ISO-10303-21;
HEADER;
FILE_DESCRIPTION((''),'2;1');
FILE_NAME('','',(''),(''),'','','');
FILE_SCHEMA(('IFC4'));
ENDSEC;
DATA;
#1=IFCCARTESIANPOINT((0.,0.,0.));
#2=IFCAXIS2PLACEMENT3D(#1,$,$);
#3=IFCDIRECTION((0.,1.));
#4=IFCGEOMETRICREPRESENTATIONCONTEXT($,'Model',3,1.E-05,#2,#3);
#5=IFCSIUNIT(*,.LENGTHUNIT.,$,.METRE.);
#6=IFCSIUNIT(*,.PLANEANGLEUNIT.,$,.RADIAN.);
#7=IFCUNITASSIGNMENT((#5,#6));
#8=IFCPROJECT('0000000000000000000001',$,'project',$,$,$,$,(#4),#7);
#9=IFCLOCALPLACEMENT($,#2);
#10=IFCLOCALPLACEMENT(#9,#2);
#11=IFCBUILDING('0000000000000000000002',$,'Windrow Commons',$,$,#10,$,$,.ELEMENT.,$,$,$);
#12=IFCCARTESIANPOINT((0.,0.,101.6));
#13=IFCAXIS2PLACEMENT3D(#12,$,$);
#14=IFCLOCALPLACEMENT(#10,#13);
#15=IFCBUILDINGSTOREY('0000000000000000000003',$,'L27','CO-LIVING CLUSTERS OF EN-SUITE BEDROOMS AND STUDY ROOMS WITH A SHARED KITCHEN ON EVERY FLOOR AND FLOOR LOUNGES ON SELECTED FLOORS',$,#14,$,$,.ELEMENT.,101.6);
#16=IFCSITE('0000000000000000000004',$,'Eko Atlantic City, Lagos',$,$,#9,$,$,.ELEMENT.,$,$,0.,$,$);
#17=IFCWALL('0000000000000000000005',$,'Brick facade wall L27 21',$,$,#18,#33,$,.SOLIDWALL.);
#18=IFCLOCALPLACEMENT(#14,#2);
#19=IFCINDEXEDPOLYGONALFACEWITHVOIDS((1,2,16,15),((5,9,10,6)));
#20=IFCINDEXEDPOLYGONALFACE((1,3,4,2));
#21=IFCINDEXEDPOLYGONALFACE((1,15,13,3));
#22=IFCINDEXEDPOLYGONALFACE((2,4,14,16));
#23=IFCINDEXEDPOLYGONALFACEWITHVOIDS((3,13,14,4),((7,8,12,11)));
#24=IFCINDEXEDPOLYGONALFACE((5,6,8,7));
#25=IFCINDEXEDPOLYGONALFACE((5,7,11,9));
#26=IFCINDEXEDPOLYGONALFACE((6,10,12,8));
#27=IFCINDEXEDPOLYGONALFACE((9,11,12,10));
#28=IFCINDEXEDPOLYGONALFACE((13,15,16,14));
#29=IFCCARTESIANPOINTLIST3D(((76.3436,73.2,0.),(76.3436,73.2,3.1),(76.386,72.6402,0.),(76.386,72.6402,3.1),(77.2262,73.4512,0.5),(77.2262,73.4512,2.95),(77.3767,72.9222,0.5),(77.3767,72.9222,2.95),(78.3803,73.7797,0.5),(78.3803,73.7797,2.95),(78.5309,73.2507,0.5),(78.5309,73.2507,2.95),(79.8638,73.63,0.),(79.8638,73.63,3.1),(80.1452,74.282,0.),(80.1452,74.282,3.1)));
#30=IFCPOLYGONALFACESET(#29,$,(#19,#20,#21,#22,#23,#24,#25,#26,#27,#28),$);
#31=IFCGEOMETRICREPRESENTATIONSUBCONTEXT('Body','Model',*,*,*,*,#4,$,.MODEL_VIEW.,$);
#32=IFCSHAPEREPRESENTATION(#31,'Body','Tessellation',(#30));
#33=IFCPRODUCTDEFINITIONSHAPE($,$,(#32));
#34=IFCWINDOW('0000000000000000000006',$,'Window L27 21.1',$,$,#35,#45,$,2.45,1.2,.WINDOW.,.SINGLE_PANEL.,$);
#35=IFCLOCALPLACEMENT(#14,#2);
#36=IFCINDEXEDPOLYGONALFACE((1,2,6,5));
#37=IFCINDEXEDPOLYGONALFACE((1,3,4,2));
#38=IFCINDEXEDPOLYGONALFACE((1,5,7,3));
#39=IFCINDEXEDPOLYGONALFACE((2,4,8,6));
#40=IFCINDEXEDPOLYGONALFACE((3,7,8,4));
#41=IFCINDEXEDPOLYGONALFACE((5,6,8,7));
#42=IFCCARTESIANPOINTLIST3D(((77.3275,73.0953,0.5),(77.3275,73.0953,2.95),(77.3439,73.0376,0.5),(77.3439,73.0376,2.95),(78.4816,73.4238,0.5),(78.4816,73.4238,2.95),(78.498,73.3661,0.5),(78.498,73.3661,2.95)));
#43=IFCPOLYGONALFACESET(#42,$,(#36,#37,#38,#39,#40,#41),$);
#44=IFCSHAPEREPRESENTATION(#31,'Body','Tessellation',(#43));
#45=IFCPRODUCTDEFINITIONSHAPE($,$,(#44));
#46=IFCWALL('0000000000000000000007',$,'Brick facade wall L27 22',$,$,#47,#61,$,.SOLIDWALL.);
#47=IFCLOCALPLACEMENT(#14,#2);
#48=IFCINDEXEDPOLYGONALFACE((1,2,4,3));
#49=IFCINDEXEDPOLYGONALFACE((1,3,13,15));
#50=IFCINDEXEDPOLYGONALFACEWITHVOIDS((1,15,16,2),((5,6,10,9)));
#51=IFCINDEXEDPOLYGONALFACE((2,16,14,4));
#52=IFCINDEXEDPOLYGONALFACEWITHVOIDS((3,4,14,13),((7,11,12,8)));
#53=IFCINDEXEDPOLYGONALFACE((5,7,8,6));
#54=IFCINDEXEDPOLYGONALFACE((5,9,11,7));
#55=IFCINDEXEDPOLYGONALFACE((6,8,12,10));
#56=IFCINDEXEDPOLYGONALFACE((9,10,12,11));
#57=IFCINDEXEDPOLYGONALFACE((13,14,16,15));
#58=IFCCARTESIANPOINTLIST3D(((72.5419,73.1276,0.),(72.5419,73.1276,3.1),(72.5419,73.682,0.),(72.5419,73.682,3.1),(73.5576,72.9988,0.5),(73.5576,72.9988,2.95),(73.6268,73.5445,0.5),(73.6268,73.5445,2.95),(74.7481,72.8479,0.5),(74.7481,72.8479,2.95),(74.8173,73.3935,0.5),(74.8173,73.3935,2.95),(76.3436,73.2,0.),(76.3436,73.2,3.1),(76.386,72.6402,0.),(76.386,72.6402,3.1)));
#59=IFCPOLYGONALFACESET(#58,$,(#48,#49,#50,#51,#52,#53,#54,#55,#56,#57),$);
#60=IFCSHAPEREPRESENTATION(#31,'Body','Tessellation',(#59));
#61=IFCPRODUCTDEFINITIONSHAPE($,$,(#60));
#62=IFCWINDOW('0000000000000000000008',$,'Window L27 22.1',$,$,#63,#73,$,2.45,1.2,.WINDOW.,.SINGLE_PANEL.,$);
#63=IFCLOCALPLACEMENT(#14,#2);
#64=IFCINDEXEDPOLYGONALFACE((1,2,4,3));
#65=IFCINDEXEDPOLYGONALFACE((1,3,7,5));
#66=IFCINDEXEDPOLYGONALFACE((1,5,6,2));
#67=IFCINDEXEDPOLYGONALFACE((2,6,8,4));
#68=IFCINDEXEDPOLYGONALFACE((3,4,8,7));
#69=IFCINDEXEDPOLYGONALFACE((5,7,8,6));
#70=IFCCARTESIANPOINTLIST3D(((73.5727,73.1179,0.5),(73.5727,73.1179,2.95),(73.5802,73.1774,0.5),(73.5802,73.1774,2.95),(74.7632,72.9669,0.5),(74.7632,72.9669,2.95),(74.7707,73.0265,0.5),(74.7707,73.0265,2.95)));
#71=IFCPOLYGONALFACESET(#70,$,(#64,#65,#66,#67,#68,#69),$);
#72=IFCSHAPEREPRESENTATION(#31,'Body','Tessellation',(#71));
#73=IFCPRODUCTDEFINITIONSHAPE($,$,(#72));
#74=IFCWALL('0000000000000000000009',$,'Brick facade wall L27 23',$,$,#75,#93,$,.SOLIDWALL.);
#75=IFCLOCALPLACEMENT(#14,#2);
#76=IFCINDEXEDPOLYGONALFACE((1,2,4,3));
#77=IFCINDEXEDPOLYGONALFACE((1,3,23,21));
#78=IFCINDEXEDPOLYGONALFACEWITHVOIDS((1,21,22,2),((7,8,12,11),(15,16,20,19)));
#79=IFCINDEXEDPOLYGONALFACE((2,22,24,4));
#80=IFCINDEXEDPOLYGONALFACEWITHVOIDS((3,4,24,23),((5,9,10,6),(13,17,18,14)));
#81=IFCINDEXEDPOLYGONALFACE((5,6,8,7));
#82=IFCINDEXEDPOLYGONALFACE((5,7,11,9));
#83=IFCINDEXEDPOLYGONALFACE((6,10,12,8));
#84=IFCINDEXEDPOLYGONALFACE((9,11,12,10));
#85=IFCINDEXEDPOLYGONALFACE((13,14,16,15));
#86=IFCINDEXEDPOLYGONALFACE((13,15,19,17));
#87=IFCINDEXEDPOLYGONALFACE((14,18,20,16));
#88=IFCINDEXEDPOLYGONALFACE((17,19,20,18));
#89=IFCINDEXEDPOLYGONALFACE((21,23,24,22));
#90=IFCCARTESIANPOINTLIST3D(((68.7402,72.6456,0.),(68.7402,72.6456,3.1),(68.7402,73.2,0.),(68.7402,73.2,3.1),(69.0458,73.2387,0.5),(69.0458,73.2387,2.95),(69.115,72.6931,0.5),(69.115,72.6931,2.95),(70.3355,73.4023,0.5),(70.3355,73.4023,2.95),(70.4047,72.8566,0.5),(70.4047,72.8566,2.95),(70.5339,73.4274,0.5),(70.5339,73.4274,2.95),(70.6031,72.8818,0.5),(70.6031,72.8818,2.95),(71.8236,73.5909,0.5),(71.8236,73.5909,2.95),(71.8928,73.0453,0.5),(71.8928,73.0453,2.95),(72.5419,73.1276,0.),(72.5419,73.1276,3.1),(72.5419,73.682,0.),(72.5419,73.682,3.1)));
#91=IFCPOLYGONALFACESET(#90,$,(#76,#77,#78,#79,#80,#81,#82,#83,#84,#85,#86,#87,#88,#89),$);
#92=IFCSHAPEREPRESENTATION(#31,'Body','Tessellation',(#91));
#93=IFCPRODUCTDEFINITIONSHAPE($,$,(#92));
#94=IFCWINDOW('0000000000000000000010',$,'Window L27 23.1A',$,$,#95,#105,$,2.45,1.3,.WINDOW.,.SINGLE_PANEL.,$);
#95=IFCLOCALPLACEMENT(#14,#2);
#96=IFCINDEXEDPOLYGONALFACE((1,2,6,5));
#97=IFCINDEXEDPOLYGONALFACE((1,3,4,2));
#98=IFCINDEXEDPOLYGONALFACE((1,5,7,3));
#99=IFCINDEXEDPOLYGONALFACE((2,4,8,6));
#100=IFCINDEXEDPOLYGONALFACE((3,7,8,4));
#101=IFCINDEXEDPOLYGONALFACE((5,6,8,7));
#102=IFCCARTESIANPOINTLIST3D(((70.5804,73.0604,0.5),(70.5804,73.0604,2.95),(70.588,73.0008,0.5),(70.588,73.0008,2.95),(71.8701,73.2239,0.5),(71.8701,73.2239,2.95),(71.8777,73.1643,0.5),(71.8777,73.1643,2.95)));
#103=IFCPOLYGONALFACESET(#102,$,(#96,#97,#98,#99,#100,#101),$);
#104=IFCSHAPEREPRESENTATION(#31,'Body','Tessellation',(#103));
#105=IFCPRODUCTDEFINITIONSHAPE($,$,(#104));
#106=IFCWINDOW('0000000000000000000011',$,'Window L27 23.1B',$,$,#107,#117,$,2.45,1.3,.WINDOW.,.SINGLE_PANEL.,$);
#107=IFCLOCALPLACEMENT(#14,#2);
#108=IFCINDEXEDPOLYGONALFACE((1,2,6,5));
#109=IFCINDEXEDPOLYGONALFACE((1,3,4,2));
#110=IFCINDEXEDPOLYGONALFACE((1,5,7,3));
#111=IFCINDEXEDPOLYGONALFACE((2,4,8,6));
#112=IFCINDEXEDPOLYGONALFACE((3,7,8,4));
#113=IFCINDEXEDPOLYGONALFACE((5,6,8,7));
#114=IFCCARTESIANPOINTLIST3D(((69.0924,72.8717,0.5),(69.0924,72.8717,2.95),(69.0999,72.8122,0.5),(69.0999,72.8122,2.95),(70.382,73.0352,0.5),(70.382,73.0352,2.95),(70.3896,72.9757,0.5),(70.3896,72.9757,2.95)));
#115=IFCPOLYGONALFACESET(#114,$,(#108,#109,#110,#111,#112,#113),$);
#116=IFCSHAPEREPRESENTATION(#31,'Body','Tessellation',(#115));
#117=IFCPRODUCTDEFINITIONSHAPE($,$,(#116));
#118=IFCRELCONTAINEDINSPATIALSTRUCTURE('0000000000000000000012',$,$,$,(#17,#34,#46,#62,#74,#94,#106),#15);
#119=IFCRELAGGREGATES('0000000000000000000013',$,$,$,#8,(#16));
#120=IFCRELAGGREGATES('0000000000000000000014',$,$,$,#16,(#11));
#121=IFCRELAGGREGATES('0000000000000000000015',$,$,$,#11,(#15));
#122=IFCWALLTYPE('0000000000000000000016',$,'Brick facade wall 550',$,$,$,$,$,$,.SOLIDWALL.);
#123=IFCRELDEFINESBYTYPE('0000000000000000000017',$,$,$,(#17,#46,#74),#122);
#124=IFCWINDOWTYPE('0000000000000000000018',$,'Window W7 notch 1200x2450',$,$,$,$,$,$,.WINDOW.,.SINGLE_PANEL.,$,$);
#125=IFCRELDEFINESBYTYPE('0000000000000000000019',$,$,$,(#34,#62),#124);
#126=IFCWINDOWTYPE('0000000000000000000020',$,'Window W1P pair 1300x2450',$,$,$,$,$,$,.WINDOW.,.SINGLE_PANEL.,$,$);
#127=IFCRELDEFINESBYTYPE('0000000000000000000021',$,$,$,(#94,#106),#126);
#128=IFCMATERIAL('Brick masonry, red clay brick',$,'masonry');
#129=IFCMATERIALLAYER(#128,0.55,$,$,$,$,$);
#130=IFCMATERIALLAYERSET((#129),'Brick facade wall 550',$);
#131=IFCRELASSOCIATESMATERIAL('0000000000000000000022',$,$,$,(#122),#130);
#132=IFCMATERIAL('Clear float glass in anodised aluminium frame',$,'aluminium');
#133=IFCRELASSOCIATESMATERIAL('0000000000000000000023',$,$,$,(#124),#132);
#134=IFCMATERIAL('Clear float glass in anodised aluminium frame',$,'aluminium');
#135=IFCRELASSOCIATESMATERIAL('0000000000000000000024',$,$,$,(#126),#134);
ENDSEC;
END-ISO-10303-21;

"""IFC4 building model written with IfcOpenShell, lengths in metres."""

from ifc_helpers import new_model, si_unit, direction, frame, frame_2d, origin, place, context, subcontext, project, spatial, polyline, rectangle, outline, extrude, material, layer, layer_set, type_object, element, fill, save


model = new_model("IFC4")

# Units and contexts
model_context = context("Model", 3, precision=1e-05, world=origin(), true_north=direction((0.0, 1.0)))
body_context = subcontext(model_context, "Body", "Model", "MODEL_VIEW")
ifc_project = project(units=[si_unit("LENGTHUNIT", "METRE"), si_unit("PLANEANGLEUNIT", "RADIAN")], contexts=[model_context])

# Site, building, storey
site_placement = place(None, origin())
site = spatial("IfcSite", under=ifc_project, at=site_placement, Name="Eko Atlantic City, Lagos", CompositionType="ELEMENT", RefElevation=0.0)
building_placement = place(site_placement, origin())
building = spatial("IfcBuilding", under=site, at=building_placement, Name="Windrow Commons", CompositionType="ELEMENT")
storey_placement = place(building_placement, frame((0.0, 0.0, 101.6)))
storey = spatial("IfcBuildingStorey", under=building, at=storey_placement, Name="L27", Description="CO-LIVING CLUSTERS OF EN-SUITE BEDROOMS AND STUDY ROOMS WITH A SHARED KITCHEN ON EVERY FLOOR AND FLOOR LOUNGES ON SELECTED FLOORS", CompositionType="ELEMENT", Elevation=101.6)

# Walls, openings, windows
ifc_material_1 = material(Name="Brick masonry, red clay brick", Category="masonry")
ifc_layer = layer(ifc_material_1, 0.55)
ifc_layer_set = layer_set([ifc_layer], Name="Brick facade wall 550")
wall_type = type_object("IfcWallType", Name="Brick facade wall 550", PredefinedType="SOLIDWALL", material=ifc_layer_set)
ifc_material_2 = material(Name="Clear float glass in anodised aluminium frame", Category="aluminium")
window_type_1 = type_object("IfcWindowType", Name="Window W7 notch 1200x2450", PartitioningType="SINGLE_PANEL", PredefinedType="WINDOW", material=ifc_material_2)
wall_1_placement = place(storey_placement, frame((80.0045, 73.956, 0.0), z_axis=(0.0, 0.0, 1.0), x_axis=(-0.961804, -0.27374, 0.0)))
wall_1 = element("IfcWall", 1, at=wall_1_placement, inside=storey, type_object=wall_type, Name="Brick facade wall L27 21", PredefinedType="SOLIDWALL", context=body_context, shape_type="SweptSolid", body=[
    extrude(outline(polyline([(-0.2246, -0.275), (3.728, -0.275), (3.8405, 0.275), (0.2246, 0.275), (-0.2246, -0.275)])), origin(), (0.0, 0.0, 1.0), 3.1),
])
opening_1_placement = place(wall_1_placement, frame((1.6104, 0.0, 0.5)))
opening_1 = element("IfcOpeningElement", 2, at=opening_1_placement, cuts=wall_1, PredefinedType="OPENING", context=body_context, shape_type="SweptSolid", body=[
    extrude(rectangle(XDim=1.2, YDim=2.45, at=frame_2d((0.6, 1.225))), frame((0.0, 0.285, 0.0), z_axis=(0.0, -1.0, 0.0), x_axis=(1.0, 0.0, 0.0)), (0.0, 0.0, 1.0), 0.57),
])
window_1_placement = place(opening_1_placement, origin())
window_1 = element("IfcWindow", 3, at=window_1_placement, inside=storey, type_object=window_type_1, Name="Window L27 21.1", OverallHeight=2.45, OverallWidth=1.2, PartitioningType="SINGLE_PANEL", PredefinedType="WINDOW", context=body_context, shape_type="SweptSolid", body=[
    extrude(rectangle(XDim=1.2, YDim=2.45, at=frame_2d((0.6, 1.225))), frame((0.0, 0.155, 0.0), z_axis=(0.0, -1.0, 0.0), x_axis=(1.0, 0.0, 0.0)), (0.0, 0.0, 1.0), 0.06),
])
fill(opening_1, window_1)
wall_2_placement = place(storey_placement, frame((76.3648, 72.9201, 0.0), z_axis=(0.0, 0.0, 1.0), x_axis=(-0.992058, 0.125782, 0.0)))
wall_2 = element("IfcWall", 4, at=wall_2_placement, inside=storey, type_object=wall_type, Name="Brick facade wall L27 22", PredefinedType="SOLIDWALL", context=body_context, shape_type="SweptSolid", body=[
    extrude(outline(polyline([(0.0562, -0.275), (3.8884, -0.275), (3.8186, 0.275), (-0.0562, 0.275), (0.0562, -0.275)])), origin(), (0.0, 0.0, 1.0), 3.1),
])
opening_2_placement = place(wall_2_placement, frame((1.5948, 0.0, 0.5)))
opening_2 = element("IfcOpeningElement", 5, at=opening_2_placement, cuts=wall_2, PredefinedType="OPENING", context=body_context, shape_type="SweptSolid", body=[
    extrude(rectangle(XDim=1.2, YDim=2.45, at=frame_2d((0.6, 1.225))), frame((0.0, 0.285, 0.0), z_axis=(0.0, -1.0, 0.0), x_axis=(1.0, 0.0, 0.0)), (0.0, 0.0, 1.0), 0.57),
])
window_2_placement = place(opening_2_placement, origin())
window_2 = element("IfcWindow", 6, at=window_2_placement, inside=storey, type_object=window_type_1, Name="Window L27 22.1", OverallHeight=2.45, OverallWidth=1.2, PartitioningType="SINGLE_PANEL", PredefinedType="WINDOW", context=body_context, shape_type="SweptSolid", body=[
    extrude(rectangle(XDim=1.2, YDim=2.45, at=frame_2d((0.6, 1.225))), frame((0.0, 0.155, 0.0), z_axis=(0.0, -1.0, 0.0), x_axis=(1.0, 0.0, 0.0)), (0.0, 0.0, 1.0), 0.06),
])
fill(opening_2, window_2)

# Wall, openings, windows
wall_3_placement = place(storey_placement, frame((72.5419, 73.4048, 0.0), z_axis=(0.0, 0.0, 1.0), x_axis=(-0.992058, -0.125779, 0.0)))
wall_3 = element("IfcWall", 7, at=wall_3_placement, inside=storey, type_object=wall_type, Name="Brick facade wall L27 23", PredefinedType="SOLIDWALL", context=body_context, shape_type="SweptSolid", body=[
    extrude(outline(polyline([(-0.0349, -0.275), (3.7973, -0.275), (3.867, 0.275), (0.0349, 0.275), (-0.0349, -0.275)])), origin(), (0.0, 0.0, 1.0), 3.1),
])
opening_3_placement = place(wall_3_placement, frame((0.6892, 0.0, 0.5)))
opening_3 = element("IfcOpeningElement", 8, at=opening_3_placement, cuts=wall_3, PredefinedType="OPENING", context=body_context, shape_type="SweptSolid", body=[
    extrude(rectangle(XDim=1.3, YDim=2.45, at=frame_2d((0.65, 1.225))), frame((0.0, 0.285, 0.0), z_axis=(0.0, -1.0, 0.0), x_axis=(1.0, 0.0, 0.0)), (0.0, 0.0, 1.0), 0.57),
])
opening_4_placement = place(wall_3_placement, frame((2.1892, 0.0, 0.5)))
opening_4 = element("IfcOpeningElement", 9, at=opening_4_placement, cuts=wall_3, PredefinedType="OPENING", context=body_context, shape_type="SweptSolid", body=[
    extrude(rectangle(XDim=1.3, YDim=2.45, at=frame_2d((0.65, 1.225))), frame((0.0, 0.285, 0.0), z_axis=(0.0, -1.0, 0.0), x_axis=(1.0, 0.0, 0.0)), (0.0, 0.0, 1.0), 0.57),
])
ifc_material_3 = material(Name="Clear float glass in anodised aluminium frame", Category="aluminium")
window_type_2 = type_object("IfcWindowType", Name="Window W1P pair 1300x2450", PartitioningType="SINGLE_PANEL", PredefinedType="WINDOW", material=ifc_material_3)
window_3_placement = place(opening_3_placement, origin())
window_3 = element("IfcWindow", 10, at=window_3_placement, inside=storey, type_object=window_type_2, Name="Window L27 23.1A", OverallHeight=2.45, OverallWidth=1.3, PartitioningType="SINGLE_PANEL", PredefinedType="WINDOW", context=body_context, shape_type="SweptSolid", body=[
    extrude(rectangle(XDim=1.3, YDim=2.45, at=frame_2d((0.65, 1.225))), frame((0.0, 0.155, 0.0), z_axis=(0.0, -1.0, 0.0), x_axis=(1.0, 0.0, 0.0)), (0.0, 0.0, 1.0), 0.06),
])
fill(opening_3, window_3)
window_4_placement = place(opening_4_placement, origin())
window_4 = element("IfcWindow", 11, at=window_4_placement, inside=storey, type_object=window_type_2, Name="Window L27 23.1B", OverallHeight=2.45, OverallWidth=1.3, PartitioningType="SINGLE_PANEL", PredefinedType="WINDOW", context=body_context, shape_type="SweptSolid", body=[
    extrude(rectangle(XDim=1.3, YDim=2.45, at=frame_2d((0.65, 1.225))), frame((0.0, 0.155, 0.0), z_axis=(0.0, -1.0, 0.0), x_axis=(1.0, 0.0, 0.0)), (0.0, 0.0, 1.0), 0.06),
])
fill(opening_4, window_4)

save(model, "model.ifc")
